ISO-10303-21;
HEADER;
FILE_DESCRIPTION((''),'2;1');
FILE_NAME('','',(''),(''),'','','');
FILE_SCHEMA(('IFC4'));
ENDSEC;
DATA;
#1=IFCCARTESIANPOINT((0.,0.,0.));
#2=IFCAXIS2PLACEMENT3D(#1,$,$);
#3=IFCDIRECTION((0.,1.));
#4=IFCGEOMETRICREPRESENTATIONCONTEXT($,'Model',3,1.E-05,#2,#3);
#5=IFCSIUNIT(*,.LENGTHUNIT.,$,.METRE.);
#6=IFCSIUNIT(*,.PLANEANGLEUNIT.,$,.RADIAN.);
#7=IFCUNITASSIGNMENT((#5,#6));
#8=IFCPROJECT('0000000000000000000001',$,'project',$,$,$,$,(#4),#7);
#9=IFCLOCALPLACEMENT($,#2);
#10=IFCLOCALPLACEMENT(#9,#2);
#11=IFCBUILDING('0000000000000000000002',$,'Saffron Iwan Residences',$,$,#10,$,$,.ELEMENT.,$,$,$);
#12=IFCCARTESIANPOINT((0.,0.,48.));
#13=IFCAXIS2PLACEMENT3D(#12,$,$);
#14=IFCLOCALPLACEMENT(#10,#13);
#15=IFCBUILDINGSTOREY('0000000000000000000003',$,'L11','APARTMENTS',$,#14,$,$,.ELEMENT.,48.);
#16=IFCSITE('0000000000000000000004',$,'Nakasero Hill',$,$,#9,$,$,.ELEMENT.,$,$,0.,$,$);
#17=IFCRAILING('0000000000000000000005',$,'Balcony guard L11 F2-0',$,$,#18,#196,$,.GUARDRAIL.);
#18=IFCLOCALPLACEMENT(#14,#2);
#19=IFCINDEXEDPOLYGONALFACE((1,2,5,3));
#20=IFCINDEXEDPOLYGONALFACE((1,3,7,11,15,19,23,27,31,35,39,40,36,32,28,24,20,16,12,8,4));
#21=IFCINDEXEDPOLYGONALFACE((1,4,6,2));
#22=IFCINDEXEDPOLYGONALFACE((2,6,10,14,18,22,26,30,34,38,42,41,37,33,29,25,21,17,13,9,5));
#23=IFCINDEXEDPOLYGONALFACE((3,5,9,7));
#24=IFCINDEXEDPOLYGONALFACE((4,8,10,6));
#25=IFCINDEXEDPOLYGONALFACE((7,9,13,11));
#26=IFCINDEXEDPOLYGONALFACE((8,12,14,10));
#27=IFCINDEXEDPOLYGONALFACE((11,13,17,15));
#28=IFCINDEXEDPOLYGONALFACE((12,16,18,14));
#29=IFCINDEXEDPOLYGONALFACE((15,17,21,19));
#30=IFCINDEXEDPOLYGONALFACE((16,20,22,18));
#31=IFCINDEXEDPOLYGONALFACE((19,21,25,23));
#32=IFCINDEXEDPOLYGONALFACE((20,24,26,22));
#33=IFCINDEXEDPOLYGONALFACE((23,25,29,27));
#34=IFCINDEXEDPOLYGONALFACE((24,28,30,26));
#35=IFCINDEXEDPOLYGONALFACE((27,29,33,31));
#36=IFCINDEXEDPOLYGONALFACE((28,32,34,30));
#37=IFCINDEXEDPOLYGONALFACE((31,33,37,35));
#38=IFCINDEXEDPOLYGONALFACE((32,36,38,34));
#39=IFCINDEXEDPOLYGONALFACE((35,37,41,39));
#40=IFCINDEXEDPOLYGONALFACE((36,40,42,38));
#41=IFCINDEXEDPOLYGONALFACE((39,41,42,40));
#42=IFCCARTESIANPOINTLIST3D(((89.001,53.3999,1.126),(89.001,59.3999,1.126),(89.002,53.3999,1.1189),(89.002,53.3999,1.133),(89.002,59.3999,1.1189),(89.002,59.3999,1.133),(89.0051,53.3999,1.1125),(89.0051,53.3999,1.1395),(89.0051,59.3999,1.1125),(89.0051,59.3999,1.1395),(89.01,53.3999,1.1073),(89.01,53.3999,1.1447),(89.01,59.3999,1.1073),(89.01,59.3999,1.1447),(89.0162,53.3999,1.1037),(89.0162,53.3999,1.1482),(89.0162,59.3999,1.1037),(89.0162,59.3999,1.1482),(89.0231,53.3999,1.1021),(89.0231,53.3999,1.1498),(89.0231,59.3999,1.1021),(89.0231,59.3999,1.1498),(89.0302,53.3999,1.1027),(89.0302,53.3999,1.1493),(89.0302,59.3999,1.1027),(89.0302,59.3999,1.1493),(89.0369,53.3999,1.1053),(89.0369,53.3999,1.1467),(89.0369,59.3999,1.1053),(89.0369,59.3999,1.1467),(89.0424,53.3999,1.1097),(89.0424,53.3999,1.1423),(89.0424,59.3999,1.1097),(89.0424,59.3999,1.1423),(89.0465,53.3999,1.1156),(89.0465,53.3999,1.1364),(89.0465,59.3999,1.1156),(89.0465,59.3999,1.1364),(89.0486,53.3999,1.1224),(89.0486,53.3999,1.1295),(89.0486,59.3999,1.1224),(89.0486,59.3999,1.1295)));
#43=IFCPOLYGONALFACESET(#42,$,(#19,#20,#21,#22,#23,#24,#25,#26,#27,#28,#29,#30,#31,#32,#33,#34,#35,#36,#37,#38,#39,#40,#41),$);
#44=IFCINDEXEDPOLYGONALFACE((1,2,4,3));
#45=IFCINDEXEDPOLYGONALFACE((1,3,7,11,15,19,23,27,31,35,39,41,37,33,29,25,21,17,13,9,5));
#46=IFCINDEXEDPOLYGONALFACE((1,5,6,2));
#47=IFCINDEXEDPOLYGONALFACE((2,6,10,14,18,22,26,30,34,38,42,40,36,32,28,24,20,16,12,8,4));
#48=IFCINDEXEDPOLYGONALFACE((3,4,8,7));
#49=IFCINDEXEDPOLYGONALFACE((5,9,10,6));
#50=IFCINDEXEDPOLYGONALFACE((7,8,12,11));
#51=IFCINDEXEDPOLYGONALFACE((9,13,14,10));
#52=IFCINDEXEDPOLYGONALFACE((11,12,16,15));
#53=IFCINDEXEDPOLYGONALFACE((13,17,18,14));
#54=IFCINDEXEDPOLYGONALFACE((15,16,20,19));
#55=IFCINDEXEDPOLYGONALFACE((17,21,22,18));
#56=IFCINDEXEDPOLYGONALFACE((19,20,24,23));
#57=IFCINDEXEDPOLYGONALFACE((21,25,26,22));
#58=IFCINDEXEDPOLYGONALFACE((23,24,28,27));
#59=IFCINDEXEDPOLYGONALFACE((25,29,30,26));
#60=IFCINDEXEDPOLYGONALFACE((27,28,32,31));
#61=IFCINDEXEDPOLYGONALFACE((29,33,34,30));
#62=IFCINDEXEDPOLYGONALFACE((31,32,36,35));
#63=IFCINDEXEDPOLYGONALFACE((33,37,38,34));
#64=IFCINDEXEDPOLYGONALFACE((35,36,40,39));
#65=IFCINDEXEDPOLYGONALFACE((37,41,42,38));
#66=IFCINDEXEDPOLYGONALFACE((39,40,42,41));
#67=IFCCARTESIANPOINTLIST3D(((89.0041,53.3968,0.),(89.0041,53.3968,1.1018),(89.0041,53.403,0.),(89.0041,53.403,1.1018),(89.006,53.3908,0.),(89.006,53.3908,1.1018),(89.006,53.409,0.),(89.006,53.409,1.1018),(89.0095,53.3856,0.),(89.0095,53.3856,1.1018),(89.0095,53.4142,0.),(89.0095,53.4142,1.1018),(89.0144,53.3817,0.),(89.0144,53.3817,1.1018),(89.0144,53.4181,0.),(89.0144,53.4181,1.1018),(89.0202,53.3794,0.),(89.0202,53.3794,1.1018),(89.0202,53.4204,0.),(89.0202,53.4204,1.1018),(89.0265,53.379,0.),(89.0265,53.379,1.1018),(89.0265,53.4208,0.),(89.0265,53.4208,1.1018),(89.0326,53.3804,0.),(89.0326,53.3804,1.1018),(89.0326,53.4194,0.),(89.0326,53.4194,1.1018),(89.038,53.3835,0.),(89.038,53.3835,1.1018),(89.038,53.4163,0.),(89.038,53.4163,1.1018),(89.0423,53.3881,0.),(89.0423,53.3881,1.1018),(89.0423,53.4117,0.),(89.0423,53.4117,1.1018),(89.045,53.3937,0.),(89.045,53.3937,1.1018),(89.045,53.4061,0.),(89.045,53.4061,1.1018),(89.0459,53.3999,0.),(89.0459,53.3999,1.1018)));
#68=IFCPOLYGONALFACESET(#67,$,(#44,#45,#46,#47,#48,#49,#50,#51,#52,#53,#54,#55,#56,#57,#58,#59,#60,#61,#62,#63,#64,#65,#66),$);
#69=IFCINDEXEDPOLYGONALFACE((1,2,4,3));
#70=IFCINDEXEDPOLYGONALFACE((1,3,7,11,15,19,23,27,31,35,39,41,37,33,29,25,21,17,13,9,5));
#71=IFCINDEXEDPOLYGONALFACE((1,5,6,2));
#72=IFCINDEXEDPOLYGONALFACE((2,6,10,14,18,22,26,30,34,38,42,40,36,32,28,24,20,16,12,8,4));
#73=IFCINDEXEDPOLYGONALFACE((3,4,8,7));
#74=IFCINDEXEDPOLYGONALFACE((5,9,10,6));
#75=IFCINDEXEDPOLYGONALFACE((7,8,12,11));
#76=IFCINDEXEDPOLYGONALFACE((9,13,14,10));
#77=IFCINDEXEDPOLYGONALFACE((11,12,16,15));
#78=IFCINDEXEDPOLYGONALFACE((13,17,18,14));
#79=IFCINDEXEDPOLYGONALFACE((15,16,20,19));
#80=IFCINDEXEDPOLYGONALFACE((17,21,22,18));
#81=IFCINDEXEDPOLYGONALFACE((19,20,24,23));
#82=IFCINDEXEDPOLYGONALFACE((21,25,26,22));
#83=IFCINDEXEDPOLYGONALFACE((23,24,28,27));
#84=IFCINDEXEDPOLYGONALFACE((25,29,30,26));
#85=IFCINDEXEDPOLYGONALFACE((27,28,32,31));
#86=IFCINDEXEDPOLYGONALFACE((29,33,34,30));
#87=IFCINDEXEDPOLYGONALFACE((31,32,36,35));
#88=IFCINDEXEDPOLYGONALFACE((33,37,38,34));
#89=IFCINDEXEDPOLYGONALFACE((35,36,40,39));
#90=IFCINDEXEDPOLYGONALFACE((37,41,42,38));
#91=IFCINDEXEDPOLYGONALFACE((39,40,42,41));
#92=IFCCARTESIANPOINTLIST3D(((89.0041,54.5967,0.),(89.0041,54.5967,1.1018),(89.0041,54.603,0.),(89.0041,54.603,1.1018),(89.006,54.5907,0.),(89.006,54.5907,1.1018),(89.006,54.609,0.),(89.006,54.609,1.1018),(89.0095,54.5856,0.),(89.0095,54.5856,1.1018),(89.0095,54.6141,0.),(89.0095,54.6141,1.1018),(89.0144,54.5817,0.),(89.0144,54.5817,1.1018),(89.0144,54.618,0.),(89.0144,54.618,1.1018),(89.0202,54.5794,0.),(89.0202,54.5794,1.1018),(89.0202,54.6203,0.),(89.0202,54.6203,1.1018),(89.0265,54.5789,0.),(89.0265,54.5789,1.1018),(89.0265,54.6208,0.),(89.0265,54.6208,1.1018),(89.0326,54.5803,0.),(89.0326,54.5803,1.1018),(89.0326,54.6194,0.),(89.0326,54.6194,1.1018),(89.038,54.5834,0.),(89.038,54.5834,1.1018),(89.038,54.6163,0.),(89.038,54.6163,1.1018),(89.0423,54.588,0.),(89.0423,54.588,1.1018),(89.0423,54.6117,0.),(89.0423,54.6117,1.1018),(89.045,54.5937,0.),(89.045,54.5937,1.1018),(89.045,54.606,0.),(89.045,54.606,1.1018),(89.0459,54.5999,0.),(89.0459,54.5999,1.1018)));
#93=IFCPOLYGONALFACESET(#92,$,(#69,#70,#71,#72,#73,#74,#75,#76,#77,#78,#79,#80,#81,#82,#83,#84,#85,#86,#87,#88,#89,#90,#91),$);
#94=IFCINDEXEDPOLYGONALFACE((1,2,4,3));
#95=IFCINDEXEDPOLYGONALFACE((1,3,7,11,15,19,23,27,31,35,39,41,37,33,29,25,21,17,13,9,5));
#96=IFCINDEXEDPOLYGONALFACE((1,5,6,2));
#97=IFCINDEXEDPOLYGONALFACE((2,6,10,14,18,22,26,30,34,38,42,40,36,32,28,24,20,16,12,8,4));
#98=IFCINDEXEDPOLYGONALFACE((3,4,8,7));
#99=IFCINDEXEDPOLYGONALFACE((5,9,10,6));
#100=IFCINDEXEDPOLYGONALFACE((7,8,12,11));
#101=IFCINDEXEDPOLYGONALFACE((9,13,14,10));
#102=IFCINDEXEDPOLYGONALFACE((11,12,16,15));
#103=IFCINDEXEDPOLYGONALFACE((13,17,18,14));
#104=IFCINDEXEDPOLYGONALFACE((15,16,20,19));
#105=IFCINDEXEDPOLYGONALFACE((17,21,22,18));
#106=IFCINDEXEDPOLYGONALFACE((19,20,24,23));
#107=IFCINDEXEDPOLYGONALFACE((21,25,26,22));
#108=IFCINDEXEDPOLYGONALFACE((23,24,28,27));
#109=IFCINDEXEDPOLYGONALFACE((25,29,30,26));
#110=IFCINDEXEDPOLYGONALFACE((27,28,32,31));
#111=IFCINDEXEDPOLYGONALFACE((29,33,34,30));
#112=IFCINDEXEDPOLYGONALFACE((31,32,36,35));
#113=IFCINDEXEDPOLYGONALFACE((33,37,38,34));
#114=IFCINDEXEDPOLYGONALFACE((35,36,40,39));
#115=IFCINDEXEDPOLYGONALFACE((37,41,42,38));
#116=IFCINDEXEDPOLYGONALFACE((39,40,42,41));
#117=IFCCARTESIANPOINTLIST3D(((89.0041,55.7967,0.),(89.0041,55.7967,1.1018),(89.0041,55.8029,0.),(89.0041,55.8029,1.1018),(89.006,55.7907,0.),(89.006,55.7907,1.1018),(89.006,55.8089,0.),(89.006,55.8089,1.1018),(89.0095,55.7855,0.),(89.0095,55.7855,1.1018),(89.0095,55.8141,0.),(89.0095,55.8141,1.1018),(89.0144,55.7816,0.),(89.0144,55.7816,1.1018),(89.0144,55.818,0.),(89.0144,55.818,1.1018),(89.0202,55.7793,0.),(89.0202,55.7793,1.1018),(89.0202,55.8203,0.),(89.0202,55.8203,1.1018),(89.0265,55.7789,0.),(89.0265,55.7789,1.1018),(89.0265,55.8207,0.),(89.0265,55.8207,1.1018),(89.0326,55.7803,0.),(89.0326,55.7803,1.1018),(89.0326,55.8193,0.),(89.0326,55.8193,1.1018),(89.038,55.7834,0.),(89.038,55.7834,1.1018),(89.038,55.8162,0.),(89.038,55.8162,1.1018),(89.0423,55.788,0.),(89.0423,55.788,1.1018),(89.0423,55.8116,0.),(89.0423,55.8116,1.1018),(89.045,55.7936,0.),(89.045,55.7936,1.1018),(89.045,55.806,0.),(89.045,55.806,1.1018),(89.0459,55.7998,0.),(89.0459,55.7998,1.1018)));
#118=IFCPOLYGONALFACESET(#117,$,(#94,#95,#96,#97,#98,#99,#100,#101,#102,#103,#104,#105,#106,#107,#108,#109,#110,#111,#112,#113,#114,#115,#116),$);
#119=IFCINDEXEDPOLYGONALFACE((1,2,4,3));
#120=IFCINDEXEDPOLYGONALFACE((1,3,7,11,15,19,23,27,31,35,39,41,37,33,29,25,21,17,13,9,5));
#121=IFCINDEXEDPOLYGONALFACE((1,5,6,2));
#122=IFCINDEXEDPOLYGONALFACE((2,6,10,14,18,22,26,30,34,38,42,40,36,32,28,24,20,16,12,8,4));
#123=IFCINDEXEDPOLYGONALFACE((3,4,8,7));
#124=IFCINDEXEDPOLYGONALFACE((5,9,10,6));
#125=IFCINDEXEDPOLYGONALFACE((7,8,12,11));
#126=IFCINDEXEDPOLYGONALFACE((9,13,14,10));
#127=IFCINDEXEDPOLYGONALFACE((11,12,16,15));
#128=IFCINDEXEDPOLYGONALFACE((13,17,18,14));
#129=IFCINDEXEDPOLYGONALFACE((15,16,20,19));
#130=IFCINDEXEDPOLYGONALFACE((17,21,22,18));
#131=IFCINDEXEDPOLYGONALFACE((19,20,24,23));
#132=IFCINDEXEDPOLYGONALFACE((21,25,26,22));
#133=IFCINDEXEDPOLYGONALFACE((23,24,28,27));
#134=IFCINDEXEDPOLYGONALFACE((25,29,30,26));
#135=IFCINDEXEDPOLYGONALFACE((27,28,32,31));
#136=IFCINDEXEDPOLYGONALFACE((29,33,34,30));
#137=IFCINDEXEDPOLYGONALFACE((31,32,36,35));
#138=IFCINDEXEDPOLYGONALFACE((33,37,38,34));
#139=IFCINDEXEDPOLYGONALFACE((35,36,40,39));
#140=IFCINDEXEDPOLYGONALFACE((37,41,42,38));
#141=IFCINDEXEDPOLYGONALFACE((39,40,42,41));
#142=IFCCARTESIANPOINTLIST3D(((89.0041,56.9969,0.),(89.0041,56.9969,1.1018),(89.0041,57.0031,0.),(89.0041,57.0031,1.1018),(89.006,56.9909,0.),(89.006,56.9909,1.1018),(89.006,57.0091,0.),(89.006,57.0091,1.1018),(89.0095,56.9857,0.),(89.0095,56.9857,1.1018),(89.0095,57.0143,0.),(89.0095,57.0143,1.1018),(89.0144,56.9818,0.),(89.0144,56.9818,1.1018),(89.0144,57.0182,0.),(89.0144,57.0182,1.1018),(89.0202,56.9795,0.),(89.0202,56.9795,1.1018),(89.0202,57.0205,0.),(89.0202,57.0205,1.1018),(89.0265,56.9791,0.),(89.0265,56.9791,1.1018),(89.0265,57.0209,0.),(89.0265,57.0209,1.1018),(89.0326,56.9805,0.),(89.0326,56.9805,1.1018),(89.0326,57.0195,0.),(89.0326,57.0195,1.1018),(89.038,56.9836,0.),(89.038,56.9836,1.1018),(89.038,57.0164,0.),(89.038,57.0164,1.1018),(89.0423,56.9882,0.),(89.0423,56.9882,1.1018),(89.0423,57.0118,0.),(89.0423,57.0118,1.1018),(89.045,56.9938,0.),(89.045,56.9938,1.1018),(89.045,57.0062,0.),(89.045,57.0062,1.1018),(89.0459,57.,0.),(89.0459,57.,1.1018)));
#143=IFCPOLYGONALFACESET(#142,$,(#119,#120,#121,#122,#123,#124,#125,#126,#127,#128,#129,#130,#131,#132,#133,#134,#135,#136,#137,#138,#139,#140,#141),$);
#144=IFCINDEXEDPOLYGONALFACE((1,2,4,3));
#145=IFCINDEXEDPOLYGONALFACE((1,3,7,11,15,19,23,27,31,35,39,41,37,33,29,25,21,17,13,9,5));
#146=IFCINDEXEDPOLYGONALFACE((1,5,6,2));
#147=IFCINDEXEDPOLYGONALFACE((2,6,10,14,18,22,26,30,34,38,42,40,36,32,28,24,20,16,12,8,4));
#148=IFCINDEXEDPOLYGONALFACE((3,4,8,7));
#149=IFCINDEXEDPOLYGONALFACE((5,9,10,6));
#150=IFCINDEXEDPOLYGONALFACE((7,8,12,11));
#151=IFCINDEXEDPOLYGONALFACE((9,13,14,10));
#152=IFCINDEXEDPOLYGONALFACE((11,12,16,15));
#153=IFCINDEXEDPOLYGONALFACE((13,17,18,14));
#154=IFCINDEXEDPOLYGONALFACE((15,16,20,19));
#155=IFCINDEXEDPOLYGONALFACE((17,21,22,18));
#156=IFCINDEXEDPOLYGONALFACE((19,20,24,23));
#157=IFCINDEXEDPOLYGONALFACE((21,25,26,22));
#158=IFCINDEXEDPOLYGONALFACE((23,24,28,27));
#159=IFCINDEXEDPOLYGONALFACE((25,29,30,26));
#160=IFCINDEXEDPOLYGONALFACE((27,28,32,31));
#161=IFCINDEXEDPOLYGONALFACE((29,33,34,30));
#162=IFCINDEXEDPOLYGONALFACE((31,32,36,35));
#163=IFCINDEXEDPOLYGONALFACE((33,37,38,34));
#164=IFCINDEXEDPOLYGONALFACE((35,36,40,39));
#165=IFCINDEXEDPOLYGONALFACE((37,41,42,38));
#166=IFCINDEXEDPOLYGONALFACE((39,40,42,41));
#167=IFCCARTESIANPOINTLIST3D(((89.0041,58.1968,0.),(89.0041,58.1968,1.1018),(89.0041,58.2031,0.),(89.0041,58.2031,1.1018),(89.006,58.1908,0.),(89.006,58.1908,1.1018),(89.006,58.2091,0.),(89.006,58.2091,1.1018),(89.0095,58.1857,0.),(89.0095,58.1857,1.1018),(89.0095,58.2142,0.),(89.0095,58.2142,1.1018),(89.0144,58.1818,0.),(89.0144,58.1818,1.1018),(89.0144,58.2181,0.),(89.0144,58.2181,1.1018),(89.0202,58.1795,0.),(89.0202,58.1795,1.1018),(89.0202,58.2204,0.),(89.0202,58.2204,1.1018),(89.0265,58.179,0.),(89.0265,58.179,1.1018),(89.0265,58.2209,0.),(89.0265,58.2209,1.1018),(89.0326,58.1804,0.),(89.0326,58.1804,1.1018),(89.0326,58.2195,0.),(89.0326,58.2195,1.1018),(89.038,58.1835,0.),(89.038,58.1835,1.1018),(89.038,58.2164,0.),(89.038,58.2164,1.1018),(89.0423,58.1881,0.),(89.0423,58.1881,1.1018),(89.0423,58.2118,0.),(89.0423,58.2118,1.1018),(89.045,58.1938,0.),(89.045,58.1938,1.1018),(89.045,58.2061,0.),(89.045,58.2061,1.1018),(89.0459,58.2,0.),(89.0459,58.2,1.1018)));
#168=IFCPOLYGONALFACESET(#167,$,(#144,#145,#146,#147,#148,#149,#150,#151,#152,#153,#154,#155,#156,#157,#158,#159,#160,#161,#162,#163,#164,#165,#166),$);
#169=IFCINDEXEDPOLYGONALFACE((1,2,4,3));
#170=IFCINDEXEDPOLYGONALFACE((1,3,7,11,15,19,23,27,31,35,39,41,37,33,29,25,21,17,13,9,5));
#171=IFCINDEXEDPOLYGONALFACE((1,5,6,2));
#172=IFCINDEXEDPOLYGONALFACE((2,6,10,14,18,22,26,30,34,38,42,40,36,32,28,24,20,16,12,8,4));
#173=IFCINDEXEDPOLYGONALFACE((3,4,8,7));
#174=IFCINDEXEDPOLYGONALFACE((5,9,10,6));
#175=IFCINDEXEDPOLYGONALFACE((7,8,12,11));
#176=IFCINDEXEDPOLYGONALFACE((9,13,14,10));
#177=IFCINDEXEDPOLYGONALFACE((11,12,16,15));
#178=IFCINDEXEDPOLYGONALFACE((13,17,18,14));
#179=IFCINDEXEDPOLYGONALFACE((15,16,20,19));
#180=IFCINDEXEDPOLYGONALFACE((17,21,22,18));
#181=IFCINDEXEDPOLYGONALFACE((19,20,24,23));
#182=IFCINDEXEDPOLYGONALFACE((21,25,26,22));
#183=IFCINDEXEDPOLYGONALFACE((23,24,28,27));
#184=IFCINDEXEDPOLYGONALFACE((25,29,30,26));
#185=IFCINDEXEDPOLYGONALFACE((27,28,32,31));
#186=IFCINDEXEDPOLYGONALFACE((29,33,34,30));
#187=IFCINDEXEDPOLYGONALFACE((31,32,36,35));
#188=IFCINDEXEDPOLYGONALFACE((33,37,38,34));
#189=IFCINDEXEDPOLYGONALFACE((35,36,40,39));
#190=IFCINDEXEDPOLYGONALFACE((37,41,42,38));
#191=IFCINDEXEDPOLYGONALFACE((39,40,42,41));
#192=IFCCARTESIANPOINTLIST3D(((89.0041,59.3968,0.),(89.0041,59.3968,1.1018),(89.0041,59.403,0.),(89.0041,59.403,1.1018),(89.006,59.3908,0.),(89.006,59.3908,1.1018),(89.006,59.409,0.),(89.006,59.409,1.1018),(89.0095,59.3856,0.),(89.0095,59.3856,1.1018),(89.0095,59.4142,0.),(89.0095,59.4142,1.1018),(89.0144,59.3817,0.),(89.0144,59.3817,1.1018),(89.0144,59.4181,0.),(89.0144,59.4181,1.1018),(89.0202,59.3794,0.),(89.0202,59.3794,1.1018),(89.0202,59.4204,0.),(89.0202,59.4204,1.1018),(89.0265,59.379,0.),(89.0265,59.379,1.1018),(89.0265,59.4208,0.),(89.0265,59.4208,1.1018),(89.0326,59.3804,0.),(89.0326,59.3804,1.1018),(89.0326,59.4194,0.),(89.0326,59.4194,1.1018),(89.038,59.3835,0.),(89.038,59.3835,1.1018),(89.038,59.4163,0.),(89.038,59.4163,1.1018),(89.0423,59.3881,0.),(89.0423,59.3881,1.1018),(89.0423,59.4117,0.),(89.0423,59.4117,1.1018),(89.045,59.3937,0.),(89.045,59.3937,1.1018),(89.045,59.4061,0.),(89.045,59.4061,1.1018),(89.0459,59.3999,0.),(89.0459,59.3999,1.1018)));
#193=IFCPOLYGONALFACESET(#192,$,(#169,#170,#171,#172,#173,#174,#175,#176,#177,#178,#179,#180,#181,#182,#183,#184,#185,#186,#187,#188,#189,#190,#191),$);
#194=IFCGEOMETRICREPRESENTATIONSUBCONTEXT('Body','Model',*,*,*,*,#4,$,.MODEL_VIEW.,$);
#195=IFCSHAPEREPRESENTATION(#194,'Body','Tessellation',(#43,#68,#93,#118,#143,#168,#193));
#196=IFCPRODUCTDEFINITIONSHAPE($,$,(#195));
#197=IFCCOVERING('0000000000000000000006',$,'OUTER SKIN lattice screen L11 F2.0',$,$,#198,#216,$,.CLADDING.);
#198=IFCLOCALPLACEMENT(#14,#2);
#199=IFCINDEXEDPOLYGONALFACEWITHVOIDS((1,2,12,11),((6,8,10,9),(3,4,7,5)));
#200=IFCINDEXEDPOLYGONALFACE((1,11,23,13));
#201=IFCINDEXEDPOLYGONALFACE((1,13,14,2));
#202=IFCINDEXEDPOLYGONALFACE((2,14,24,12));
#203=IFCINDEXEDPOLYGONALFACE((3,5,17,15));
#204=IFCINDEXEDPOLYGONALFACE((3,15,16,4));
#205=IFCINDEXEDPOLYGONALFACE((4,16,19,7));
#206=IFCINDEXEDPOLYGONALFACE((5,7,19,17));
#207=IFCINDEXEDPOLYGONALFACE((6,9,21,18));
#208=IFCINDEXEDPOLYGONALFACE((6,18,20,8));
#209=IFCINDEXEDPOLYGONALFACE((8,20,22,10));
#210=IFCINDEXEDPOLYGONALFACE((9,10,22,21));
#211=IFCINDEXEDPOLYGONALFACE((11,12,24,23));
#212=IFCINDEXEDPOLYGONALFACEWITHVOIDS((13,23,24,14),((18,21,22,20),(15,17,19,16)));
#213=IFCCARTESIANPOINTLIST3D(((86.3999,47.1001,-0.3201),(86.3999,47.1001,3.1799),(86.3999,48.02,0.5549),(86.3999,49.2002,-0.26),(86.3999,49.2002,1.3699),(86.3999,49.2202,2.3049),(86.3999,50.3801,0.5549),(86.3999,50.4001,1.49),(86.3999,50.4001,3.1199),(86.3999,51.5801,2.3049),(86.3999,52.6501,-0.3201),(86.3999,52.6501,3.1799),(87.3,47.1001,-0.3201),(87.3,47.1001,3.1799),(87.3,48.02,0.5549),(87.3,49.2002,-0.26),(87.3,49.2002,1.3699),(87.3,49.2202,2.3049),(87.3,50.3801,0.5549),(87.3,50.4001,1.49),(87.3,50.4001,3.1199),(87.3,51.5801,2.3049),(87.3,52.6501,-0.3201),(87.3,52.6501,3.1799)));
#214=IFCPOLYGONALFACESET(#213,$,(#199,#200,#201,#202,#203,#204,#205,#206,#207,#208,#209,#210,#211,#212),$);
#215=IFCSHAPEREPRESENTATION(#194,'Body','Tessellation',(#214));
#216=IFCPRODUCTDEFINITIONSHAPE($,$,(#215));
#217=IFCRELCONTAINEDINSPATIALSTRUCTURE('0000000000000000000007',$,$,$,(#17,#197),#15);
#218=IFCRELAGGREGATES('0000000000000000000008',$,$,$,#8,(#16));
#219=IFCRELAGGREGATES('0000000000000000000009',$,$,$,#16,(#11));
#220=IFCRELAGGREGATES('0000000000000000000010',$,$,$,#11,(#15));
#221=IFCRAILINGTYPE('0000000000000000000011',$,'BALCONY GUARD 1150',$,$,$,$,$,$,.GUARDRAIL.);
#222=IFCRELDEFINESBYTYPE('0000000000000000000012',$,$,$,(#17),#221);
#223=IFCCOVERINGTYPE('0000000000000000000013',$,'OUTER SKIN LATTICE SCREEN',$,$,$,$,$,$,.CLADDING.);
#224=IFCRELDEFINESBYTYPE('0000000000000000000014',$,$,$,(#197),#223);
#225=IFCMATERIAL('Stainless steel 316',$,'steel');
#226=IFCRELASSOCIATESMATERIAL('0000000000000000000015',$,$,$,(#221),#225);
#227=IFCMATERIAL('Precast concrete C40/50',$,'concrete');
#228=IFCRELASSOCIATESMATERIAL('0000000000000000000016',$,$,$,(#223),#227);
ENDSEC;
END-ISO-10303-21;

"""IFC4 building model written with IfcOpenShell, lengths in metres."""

from ifc_helpers import new_model, si_unit, direction, frame, origin, origin_2d, place, context, subcontext, project, spatial, polyline, circle, outline, extrude, material, type_object, element, save


model = new_model("IFC4")

# Units and contexts
model_context = context("Model", 3, precision=1e-05, world=origin(), true_north=direction((0.0, 1.0)))
body_context = subcontext(model_context, "Body", "Model", "MODEL_VIEW")
ifc_project = project(units=[si_unit("LENGTHUNIT", "METRE"), si_unit("PLANEANGLEUNIT", "RADIAN")], contexts=[model_context])

# Site, building, storey
site_placement = place(None, origin())
site = spatial("IfcSite", under=ifc_project, at=site_placement, Name="Nakasero Hill", CompositionType="ELEMENT", RefElevation=0.0)
building_placement = place(site_placement, origin())
building = spatial("IfcBuilding", under=site, at=building_placement, Name="Saffron Iwan Residences", CompositionType="ELEMENT")
storey_placement = place(building_placement, frame((0.0, 0.0, 48.0)))
storey = spatial("IfcBuildingStorey", under=building, at=storey_placement, Name="L11", Description="APARTMENTS", CompositionType="ELEMENT", Elevation=48.0)

# Railing
ifc_material_1 = material(Name="Stainless steel 316", Category="steel")
railing_type = type_object("IfcRailingType", Name="BALCONY GUARD 1150", PredefinedType="GUARDRAIL", material=ifc_material_1)
railing_placement = place(storey_placement, frame((89.0249, 53.3999, 0.0)))
element("IfcRailing", 1, at=railing_placement, inside=storey, type_object=railing_type, Name="Balcony guard L11 F2-0", PredefinedType="GUARDRAIL", context=body_context, shape_type="SweptSolid", body=[
    extrude(circle(Radius=0.0239, at=origin_2d()), frame((0.0, 0.0, 1.126), z_axis=(0.0, 1.0, 0.0), x_axis=(-1.0, 0.0, 0.0)), (0.0, 0.0, 1.0), 6.0),
    extrude(circle(Radius=0.021, at=origin_2d()), origin(), (0.0, 0.0, 1.0), 1.1018),
    extrude(circle(Radius=0.021, at=origin_2d()), frame((0.0, 1.2, 0.0)), (0.0, 0.0, 1.0), 1.1018),
    extrude(circle(Radius=0.021, at=origin_2d()), frame((0.0, 2.3999, 0.0)), (0.0, 0.0, 1.0), 1.1018),
    extrude(circle(Radius=0.021, at=origin_2d()), frame((0.0, 3.6001, 0.0)), (0.0, 0.0, 1.0), 1.1018),
    extrude(circle(Radius=0.021, at=origin_2d()), frame((0.0, 4.8, 0.0)), (0.0, 0.0, 1.0), 1.1018),
    extrude(circle(Radius=0.021, at=origin_2d()), frame((0.0, 6.0, 0.0)), (0.0, 0.0, 1.0), 1.1018),
])

# Covering
ifc_material_2 = material(Name="Precast concrete C40/50", Category="concrete")
covering_type = type_object("IfcCoveringType", Name="OUTER SKIN LATTICE SCREEN", PredefinedType="CLADDING", material=ifc_material_2)
covering_placement = place(storey_placement, frame((86.3999, 47.1001, -0.3201), z_axis=(1.0, 0.0, 0.0), x_axis=(0.0, 1.0, 0.0)))
element("IfcCovering", 2, at=covering_placement, inside=storey, type_object=covering_type, Name="OUTER SKIN lattice screen L11 F2.0", PredefinedType="CLADDING", context=body_context, shape_type="SweptSolid", body=[
    extrude(outline(polyline([(0.0, 0.0), (5.55, 0.0), (5.55, 3.5), (0.0, 3.5), (0.0, 0.0)]), holes=[polyline([(0.9199, 0.875), (2.1001, 0.0601), (3.28, 0.875), (2.1001, 1.6899), (0.9199, 0.875)]), polyline([(2.1201, 2.625), (3.3, 1.8101), (4.48, 2.625), (3.3, 3.4399), (2.1201, 2.625)])]), origin(), (0.0, 0.0, 1.0), 0.9001),
])

save(model, "model.ifc")
